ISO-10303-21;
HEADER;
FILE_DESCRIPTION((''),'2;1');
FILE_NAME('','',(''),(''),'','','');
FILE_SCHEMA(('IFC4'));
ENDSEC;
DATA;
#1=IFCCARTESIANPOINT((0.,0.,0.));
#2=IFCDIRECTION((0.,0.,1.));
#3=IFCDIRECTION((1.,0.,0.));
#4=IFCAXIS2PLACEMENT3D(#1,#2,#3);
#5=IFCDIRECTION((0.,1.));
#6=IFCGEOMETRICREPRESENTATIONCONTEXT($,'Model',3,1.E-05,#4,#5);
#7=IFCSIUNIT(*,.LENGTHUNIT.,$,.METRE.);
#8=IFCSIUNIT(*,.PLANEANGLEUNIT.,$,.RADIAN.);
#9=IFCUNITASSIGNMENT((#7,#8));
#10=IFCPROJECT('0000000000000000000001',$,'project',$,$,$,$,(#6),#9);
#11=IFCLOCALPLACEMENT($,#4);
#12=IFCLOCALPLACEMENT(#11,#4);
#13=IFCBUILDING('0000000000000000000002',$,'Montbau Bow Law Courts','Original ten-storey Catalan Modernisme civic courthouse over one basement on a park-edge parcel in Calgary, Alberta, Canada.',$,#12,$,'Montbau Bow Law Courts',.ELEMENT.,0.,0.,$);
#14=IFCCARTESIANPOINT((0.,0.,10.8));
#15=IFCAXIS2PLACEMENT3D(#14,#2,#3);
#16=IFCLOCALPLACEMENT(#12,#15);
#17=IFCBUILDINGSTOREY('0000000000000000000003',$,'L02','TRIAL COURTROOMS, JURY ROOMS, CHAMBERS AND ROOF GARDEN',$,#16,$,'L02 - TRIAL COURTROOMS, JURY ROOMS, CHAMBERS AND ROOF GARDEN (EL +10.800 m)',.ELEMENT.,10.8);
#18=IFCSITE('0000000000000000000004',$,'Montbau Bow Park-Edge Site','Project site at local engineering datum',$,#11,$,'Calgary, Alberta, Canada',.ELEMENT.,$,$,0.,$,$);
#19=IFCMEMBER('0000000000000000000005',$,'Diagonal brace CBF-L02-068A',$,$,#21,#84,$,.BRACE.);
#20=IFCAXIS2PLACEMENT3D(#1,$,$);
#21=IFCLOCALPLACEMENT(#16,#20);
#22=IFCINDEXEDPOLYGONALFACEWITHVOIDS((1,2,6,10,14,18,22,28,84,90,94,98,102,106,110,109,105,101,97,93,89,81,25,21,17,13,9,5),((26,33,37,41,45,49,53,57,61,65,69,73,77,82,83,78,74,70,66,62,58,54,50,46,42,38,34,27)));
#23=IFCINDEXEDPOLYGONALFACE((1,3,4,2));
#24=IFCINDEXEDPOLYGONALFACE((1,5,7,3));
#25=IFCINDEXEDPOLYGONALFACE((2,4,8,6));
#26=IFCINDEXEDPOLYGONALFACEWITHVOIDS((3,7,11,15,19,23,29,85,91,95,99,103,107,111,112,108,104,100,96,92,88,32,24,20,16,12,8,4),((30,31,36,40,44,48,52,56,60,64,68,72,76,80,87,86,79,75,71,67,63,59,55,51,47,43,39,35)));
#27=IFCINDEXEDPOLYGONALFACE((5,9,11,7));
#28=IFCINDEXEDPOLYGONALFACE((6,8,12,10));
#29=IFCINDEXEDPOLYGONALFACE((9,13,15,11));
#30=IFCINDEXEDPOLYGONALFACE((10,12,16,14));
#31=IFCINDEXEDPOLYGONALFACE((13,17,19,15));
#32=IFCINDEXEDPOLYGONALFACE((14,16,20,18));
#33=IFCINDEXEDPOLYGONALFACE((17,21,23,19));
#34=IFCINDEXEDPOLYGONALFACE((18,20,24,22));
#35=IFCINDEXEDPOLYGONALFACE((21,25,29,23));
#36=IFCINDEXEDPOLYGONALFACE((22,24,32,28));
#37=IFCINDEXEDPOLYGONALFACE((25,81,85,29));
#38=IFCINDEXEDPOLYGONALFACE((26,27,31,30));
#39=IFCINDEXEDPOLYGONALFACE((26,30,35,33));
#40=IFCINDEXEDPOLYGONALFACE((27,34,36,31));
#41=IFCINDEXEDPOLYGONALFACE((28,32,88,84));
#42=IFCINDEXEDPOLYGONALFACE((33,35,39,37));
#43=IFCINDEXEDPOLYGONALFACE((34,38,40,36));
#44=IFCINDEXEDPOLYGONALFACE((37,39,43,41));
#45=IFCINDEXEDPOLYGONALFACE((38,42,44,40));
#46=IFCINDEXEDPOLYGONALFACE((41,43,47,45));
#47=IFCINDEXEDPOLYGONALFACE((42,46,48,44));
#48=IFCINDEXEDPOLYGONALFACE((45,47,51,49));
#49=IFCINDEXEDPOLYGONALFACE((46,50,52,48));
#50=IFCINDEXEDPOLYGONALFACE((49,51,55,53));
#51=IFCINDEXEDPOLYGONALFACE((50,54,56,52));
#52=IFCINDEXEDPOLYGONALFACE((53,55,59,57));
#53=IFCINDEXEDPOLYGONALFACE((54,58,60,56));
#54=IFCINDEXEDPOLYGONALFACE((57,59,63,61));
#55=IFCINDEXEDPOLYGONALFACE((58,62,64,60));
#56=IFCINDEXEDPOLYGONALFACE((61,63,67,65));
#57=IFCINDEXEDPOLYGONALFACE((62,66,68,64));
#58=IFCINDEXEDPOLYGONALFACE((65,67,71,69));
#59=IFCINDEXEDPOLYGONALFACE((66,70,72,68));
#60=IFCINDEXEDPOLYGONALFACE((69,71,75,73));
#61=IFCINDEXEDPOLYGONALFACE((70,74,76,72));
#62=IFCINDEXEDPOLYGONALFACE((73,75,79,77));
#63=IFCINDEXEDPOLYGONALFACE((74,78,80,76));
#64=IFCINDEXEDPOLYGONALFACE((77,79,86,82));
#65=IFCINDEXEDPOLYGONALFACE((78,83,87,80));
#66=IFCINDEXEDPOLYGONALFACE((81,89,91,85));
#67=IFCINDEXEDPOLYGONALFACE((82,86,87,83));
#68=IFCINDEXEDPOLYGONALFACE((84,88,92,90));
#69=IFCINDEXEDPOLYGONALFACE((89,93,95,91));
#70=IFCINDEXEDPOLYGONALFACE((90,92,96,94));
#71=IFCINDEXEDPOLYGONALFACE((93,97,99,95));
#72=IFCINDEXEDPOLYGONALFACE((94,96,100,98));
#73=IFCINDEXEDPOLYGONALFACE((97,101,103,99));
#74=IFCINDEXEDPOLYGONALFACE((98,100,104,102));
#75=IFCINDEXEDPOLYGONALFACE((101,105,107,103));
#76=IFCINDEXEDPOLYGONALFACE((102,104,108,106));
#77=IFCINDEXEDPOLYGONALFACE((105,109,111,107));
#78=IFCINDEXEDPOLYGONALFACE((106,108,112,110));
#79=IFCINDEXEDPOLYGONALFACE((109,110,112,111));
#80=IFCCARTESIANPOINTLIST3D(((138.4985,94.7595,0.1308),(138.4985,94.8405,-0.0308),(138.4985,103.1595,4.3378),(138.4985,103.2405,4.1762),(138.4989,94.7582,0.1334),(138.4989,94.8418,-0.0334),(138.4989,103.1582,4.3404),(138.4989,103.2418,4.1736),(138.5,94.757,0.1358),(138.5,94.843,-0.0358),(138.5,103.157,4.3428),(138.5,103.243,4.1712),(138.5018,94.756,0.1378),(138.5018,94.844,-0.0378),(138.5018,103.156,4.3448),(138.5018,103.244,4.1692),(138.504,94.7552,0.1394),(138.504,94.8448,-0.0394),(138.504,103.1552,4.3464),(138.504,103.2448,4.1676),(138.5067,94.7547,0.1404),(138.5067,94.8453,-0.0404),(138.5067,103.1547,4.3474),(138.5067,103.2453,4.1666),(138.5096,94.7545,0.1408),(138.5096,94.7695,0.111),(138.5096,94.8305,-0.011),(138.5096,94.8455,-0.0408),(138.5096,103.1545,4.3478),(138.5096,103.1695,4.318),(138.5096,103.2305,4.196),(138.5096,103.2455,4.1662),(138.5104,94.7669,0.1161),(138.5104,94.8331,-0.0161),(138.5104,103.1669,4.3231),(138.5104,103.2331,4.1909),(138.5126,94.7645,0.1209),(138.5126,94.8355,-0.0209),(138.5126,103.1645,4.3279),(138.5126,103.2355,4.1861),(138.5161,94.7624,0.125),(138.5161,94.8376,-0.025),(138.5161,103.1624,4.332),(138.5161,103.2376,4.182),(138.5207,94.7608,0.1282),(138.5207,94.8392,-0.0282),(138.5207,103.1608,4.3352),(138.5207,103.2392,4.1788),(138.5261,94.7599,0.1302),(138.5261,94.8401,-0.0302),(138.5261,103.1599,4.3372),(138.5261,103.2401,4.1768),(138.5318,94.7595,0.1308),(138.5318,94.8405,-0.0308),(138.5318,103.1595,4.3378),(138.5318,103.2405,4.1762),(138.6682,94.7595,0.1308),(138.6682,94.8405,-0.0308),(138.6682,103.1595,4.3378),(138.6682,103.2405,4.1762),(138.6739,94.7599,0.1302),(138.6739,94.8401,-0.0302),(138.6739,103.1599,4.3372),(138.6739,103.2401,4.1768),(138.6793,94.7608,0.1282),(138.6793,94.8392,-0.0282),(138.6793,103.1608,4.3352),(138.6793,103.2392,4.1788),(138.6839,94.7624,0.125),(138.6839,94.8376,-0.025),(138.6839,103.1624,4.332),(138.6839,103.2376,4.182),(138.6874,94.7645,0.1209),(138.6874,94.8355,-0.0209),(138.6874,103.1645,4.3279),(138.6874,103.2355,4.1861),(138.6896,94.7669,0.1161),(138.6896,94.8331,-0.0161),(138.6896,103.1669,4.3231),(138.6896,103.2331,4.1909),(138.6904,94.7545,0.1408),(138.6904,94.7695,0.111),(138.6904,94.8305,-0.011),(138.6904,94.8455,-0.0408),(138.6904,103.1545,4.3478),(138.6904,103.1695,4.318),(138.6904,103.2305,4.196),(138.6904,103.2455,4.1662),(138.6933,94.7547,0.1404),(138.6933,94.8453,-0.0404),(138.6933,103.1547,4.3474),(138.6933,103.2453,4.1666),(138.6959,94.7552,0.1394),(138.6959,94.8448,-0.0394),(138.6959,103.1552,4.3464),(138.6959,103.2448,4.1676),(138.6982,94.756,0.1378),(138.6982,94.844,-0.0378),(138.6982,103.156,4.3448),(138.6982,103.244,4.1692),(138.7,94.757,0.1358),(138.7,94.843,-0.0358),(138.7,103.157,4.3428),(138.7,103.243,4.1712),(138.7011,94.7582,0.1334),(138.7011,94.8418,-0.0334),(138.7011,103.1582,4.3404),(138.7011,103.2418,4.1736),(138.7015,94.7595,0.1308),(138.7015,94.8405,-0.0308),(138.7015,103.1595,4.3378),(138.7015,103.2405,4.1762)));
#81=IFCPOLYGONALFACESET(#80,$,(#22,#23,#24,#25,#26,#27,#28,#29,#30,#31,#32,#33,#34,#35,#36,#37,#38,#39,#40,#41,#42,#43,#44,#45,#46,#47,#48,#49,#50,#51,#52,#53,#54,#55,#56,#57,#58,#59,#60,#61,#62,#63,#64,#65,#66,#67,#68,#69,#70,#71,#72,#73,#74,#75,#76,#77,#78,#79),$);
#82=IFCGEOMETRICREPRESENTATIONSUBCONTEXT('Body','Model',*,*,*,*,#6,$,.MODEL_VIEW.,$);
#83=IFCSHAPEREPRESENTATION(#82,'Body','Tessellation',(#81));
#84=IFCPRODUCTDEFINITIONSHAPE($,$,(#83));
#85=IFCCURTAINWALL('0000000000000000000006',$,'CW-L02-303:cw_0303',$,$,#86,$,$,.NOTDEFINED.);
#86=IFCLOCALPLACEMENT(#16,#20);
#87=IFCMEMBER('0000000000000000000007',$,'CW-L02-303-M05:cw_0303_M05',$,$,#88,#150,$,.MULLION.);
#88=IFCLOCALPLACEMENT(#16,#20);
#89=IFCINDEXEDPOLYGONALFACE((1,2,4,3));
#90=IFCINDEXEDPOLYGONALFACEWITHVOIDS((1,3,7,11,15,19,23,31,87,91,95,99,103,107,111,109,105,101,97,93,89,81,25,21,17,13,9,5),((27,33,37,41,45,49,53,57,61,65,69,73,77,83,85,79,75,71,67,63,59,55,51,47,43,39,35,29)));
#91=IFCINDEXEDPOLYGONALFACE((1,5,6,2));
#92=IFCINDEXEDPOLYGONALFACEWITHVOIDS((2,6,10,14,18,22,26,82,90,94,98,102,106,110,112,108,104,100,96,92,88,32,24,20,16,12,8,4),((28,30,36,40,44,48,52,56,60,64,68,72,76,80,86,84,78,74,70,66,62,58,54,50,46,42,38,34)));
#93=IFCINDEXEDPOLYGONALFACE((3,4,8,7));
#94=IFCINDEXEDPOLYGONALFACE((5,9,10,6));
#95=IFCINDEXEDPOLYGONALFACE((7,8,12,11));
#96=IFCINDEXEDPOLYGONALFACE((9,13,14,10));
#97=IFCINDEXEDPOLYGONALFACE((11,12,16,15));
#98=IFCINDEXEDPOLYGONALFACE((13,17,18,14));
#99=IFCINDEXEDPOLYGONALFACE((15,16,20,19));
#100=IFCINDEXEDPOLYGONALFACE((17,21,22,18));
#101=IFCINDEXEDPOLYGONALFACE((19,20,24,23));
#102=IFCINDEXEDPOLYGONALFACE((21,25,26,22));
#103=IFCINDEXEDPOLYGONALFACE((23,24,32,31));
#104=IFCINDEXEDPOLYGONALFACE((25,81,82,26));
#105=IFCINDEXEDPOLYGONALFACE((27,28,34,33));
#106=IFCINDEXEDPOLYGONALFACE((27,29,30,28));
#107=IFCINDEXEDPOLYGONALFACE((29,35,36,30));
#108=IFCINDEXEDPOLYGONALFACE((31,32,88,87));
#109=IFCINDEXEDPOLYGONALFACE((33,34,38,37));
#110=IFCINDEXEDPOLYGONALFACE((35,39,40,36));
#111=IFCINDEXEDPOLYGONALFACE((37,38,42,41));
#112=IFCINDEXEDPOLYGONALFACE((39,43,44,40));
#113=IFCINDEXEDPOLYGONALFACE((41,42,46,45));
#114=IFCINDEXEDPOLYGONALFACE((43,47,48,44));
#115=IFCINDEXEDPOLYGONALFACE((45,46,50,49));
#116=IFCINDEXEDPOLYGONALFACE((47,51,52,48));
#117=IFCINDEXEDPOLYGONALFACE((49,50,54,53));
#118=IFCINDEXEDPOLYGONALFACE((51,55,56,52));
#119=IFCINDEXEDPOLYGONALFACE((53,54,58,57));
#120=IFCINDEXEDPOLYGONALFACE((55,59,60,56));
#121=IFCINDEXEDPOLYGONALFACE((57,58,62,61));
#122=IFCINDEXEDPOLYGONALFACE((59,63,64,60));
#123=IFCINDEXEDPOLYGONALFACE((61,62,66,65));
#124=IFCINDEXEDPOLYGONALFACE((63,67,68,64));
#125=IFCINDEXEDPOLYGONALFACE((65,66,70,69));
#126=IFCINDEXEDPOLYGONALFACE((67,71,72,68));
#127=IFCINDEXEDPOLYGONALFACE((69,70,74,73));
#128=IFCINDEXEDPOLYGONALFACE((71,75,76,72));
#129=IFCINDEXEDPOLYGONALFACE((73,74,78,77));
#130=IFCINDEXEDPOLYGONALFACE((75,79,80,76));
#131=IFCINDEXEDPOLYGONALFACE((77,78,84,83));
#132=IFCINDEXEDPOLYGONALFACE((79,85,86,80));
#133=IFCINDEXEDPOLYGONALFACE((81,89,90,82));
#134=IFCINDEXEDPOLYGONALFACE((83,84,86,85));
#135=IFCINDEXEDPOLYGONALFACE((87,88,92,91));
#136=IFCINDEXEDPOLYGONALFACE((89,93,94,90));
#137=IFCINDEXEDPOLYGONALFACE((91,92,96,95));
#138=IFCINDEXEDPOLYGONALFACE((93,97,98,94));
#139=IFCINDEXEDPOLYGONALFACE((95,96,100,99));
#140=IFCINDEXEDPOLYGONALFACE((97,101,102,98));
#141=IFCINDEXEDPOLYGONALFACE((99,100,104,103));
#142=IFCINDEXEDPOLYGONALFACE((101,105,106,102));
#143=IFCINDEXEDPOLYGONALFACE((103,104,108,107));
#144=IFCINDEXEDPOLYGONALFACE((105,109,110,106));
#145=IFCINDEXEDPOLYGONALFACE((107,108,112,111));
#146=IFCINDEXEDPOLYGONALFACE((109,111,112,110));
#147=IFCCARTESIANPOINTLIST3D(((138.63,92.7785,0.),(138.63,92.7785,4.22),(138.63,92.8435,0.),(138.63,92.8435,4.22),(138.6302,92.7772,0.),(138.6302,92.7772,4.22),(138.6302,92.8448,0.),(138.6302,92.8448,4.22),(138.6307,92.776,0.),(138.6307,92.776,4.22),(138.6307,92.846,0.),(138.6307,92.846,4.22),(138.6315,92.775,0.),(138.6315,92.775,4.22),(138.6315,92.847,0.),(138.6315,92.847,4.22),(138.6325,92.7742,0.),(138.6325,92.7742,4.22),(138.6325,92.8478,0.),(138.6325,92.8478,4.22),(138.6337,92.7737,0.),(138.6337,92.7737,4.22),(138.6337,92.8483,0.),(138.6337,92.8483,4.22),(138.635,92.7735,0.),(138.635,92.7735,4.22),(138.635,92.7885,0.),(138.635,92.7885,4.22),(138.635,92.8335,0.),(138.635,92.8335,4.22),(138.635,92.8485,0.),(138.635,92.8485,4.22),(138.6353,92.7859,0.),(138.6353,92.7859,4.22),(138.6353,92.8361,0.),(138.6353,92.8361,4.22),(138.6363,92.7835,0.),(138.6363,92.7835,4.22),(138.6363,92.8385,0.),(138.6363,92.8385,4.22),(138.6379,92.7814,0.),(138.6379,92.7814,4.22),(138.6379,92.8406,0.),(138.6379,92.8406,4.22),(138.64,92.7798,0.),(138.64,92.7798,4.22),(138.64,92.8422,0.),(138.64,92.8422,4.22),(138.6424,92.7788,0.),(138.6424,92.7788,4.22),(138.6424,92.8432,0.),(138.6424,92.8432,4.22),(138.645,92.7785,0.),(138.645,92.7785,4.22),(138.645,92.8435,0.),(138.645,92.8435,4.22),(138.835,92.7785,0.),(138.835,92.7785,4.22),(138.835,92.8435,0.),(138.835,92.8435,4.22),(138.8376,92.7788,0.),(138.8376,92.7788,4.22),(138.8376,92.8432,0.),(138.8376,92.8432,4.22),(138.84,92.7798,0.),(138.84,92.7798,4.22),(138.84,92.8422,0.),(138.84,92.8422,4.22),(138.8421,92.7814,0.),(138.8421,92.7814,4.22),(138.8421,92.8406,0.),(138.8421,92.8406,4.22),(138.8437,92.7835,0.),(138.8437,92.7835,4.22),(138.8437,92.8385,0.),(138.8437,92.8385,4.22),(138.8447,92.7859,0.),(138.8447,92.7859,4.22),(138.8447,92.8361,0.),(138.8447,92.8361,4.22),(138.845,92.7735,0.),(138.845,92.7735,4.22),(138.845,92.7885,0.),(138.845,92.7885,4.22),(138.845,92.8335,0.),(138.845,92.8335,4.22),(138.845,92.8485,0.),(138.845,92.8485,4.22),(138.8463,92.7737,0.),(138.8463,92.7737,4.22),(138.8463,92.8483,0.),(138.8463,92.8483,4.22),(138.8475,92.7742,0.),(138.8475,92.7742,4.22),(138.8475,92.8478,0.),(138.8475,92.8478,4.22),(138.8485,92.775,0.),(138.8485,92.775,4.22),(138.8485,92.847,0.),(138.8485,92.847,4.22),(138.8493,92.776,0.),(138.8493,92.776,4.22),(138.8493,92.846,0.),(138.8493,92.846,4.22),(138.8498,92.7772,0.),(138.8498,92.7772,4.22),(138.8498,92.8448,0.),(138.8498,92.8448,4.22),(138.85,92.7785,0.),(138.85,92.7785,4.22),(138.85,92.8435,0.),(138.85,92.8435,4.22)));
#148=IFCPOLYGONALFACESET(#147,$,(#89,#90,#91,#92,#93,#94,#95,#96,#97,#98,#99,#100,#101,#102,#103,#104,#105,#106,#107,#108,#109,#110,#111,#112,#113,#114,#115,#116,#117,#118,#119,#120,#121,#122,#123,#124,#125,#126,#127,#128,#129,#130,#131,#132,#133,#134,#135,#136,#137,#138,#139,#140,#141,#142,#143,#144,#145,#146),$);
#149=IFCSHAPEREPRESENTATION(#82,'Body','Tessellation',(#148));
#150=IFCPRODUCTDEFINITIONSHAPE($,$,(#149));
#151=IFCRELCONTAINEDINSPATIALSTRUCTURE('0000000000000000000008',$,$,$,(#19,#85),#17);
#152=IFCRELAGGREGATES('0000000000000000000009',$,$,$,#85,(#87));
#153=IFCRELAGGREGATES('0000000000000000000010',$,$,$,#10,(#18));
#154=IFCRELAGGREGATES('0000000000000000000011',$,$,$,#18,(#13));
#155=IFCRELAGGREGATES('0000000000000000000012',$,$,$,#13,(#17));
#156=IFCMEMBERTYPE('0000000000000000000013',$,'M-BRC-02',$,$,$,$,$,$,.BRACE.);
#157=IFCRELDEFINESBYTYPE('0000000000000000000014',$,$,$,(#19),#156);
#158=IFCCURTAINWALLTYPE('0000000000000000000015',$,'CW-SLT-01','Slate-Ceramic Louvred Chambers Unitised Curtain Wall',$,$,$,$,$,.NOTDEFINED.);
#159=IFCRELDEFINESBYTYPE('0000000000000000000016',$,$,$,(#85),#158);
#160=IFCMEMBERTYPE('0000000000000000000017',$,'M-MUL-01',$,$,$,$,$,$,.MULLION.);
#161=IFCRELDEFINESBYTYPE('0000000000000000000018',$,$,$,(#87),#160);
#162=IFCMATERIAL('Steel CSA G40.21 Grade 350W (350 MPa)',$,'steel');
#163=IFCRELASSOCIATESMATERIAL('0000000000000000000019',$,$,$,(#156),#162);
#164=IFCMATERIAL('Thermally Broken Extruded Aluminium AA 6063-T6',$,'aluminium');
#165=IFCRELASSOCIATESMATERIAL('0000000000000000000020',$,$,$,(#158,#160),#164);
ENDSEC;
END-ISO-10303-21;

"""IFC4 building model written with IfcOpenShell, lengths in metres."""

from ifc_helpers import new_model, si_unit, direction, frame, origin_with_axes, origin_2d_with_axis, place, context, subcontext, project, spatial, hollow_rectangle, extrude, material, material_profile, profile_set, type_object, element, aggregate, save


model = new_model("IFC4")

# Units and contexts
model_context = context("Model", 3, precision=1e-05, world=origin_with_axes(), true_north=direction((0.0, 1.0)))
body_context = subcontext(model_context, "Body", "Model", "MODEL_VIEW")
ifc_project = project(units=[si_unit("LENGTHUNIT", "METRE"), si_unit("PLANEANGLEUNIT", "RADIAN")], contexts=[model_context])

# Site, building, storey
site_placement = place(None, origin_with_axes())
site = spatial("IfcSite", under=ifc_project, at=site_placement, Name="Montbau Bow Park-Edge Site", Description="Project site at local engineering datum", LongName="Calgary, Alberta, Canada", CompositionType="ELEMENT", RefElevation=0.0)
building_placement = place(site_placement, origin_with_axes())
building = spatial("IfcBuilding", under=site, at=building_placement, Name="Montbau Bow Law Courts", Description="Original ten-storey Catalan Modernisme civic courthouse over one basement on a park-edge parcel in Calgary, Alberta, Canada.", LongName="Montbau Bow Law Courts", CompositionType="ELEMENT", ElevationOfRefHeight=0.0, ElevationOfTerrain=0.0)
storey_placement = place(building_placement, frame((0.0, 0.0, 10.8), z_axis=(0.0, 0.0, 1.0), x_axis=(1.0, 0.0, 0.0)))
storey = spatial("IfcBuildingStorey", under=building, at=storey_placement, Name="L02", Description="TRIAL COURTROOMS, JURY ROOMS, CHAMBERS AND ROOF GARDEN", LongName="L02 - TRIAL COURTROOMS, JURY ROOMS, CHAMBERS AND ROOF GARDEN (EL +10.800 m)", CompositionType="ELEMENT", Elevation=10.8)

# Shared definitions
ifc_material_1 = material(Name="Steel CSA G40.21 Grade 350W (350 MPa)", Category="steel")

# Member
ifc_material_profile_1 = material_profile(ifc_material_1, hollow_rectangle(XDim=0.203, YDim=0.203, WallThickness=0.0111, InnerFilletRadius=0.0222, OuterFilletRadius=0.0111, at=origin_2d_with_axis()), Name="HSS203X203X11", Category="Main", Priority=0)
ifc_profile_set_1 = profile_set([ifc_material_profile_1], Name="Steel CSA G40.21 Grade 350W (350 MPa)")
member_type_1 = type_object("IfcMemberType", Name="M-BRC-02", PredefinedType="BRACE", material=ifc_profile_set_1)
member_1_placement = place(None, frame((138.6, 94.8, 10.85), z_axis=(0.0, 0.894129, 0.44781), x_axis=(-1.0, 0.0, 0.0)))
element("IfcMember", 1, at=member_1_placement, inside=storey, type_object=member_type_1, Name="Diagonal brace CBF-L02-068A", PredefinedType="BRACE", context=body_context, shape_type="SweptSolid", body=[
    extrude(hollow_rectangle(XDim=0.203, YDim=0.203, WallThickness=0.0111, InnerFilletRadius=0.0222, OuterFilletRadius=0.0111, at=origin_2d_with_axis()), origin_with_axes(), (0.0, 0.0, 1.0), 9.3946),
])

# Curtain wall, member
ifc_material_2 = material(Name="Thermally Broken Extruded Aluminium AA 6063-T6", Category="aluminium")
curtain_wall_type = type_object("IfcCurtainWallType", Name="CW-SLT-01", Description="Slate-Ceramic Louvred Chambers Unitised Curtain Wall", PredefinedType="NOTDEFINED", material=ifc_material_2)
curtain_wall_1_placement = place(None, frame((138.74, 86.915, 10.8), z_axis=(0.0, 0.0, 1.0), x_axis=(1.0, 0.0, 0.0)))
curtain_wall_1 = element("IfcCurtainWall", 2, at=curtain_wall_1_placement, inside=storey, type_object=curtain_wall_type, Name="CW-L02-303:cw_0303", PredefinedType="NOTDEFINED")
ifc_material_profile_2 = material_profile(ifc_material_2, hollow_rectangle(XDim=0.075, YDim=0.22, WallThickness=0.005, InnerFilletRadius=0.01, OuterFilletRadius=0.005, at=origin_2d_with_axis()), Name="CWM-220X75", Category="Main", Priority=0)
ifc_profile_set_2 = profile_set([ifc_material_profile_2], Name="Thermally Broken Extruded Aluminium AA 6063-T6")
member_type_2 = type_object("IfcMemberType", Name="M-MUL-01", PredefinedType="MULLION", material=ifc_profile_set_2)
member_2_placement = place(None, frame((138.74, 92.811, 10.8), z_axis=(0.0, 0.0, 1.0), x_axis=(0.0, 1.0, 0.0)))
member_2 = element("IfcMember", 3, at=member_2_placement, type_object=member_type_2, Name="CW-L02-303-M05:cw_0303_M05", PredefinedType="MULLION", context=body_context, shape_type="SweptSolid", body=[
    extrude(hollow_rectangle(XDim=0.075, YDim=0.22, WallThickness=0.005, InnerFilletRadius=0.01, OuterFilletRadius=0.005, at=origin_2d_with_axis()), origin_with_axes(), (0.0, 0.0, 1.0), 4.22),
])

aggregate(curtain_wall_1, [member_2])

save(model, "model.ifc")
